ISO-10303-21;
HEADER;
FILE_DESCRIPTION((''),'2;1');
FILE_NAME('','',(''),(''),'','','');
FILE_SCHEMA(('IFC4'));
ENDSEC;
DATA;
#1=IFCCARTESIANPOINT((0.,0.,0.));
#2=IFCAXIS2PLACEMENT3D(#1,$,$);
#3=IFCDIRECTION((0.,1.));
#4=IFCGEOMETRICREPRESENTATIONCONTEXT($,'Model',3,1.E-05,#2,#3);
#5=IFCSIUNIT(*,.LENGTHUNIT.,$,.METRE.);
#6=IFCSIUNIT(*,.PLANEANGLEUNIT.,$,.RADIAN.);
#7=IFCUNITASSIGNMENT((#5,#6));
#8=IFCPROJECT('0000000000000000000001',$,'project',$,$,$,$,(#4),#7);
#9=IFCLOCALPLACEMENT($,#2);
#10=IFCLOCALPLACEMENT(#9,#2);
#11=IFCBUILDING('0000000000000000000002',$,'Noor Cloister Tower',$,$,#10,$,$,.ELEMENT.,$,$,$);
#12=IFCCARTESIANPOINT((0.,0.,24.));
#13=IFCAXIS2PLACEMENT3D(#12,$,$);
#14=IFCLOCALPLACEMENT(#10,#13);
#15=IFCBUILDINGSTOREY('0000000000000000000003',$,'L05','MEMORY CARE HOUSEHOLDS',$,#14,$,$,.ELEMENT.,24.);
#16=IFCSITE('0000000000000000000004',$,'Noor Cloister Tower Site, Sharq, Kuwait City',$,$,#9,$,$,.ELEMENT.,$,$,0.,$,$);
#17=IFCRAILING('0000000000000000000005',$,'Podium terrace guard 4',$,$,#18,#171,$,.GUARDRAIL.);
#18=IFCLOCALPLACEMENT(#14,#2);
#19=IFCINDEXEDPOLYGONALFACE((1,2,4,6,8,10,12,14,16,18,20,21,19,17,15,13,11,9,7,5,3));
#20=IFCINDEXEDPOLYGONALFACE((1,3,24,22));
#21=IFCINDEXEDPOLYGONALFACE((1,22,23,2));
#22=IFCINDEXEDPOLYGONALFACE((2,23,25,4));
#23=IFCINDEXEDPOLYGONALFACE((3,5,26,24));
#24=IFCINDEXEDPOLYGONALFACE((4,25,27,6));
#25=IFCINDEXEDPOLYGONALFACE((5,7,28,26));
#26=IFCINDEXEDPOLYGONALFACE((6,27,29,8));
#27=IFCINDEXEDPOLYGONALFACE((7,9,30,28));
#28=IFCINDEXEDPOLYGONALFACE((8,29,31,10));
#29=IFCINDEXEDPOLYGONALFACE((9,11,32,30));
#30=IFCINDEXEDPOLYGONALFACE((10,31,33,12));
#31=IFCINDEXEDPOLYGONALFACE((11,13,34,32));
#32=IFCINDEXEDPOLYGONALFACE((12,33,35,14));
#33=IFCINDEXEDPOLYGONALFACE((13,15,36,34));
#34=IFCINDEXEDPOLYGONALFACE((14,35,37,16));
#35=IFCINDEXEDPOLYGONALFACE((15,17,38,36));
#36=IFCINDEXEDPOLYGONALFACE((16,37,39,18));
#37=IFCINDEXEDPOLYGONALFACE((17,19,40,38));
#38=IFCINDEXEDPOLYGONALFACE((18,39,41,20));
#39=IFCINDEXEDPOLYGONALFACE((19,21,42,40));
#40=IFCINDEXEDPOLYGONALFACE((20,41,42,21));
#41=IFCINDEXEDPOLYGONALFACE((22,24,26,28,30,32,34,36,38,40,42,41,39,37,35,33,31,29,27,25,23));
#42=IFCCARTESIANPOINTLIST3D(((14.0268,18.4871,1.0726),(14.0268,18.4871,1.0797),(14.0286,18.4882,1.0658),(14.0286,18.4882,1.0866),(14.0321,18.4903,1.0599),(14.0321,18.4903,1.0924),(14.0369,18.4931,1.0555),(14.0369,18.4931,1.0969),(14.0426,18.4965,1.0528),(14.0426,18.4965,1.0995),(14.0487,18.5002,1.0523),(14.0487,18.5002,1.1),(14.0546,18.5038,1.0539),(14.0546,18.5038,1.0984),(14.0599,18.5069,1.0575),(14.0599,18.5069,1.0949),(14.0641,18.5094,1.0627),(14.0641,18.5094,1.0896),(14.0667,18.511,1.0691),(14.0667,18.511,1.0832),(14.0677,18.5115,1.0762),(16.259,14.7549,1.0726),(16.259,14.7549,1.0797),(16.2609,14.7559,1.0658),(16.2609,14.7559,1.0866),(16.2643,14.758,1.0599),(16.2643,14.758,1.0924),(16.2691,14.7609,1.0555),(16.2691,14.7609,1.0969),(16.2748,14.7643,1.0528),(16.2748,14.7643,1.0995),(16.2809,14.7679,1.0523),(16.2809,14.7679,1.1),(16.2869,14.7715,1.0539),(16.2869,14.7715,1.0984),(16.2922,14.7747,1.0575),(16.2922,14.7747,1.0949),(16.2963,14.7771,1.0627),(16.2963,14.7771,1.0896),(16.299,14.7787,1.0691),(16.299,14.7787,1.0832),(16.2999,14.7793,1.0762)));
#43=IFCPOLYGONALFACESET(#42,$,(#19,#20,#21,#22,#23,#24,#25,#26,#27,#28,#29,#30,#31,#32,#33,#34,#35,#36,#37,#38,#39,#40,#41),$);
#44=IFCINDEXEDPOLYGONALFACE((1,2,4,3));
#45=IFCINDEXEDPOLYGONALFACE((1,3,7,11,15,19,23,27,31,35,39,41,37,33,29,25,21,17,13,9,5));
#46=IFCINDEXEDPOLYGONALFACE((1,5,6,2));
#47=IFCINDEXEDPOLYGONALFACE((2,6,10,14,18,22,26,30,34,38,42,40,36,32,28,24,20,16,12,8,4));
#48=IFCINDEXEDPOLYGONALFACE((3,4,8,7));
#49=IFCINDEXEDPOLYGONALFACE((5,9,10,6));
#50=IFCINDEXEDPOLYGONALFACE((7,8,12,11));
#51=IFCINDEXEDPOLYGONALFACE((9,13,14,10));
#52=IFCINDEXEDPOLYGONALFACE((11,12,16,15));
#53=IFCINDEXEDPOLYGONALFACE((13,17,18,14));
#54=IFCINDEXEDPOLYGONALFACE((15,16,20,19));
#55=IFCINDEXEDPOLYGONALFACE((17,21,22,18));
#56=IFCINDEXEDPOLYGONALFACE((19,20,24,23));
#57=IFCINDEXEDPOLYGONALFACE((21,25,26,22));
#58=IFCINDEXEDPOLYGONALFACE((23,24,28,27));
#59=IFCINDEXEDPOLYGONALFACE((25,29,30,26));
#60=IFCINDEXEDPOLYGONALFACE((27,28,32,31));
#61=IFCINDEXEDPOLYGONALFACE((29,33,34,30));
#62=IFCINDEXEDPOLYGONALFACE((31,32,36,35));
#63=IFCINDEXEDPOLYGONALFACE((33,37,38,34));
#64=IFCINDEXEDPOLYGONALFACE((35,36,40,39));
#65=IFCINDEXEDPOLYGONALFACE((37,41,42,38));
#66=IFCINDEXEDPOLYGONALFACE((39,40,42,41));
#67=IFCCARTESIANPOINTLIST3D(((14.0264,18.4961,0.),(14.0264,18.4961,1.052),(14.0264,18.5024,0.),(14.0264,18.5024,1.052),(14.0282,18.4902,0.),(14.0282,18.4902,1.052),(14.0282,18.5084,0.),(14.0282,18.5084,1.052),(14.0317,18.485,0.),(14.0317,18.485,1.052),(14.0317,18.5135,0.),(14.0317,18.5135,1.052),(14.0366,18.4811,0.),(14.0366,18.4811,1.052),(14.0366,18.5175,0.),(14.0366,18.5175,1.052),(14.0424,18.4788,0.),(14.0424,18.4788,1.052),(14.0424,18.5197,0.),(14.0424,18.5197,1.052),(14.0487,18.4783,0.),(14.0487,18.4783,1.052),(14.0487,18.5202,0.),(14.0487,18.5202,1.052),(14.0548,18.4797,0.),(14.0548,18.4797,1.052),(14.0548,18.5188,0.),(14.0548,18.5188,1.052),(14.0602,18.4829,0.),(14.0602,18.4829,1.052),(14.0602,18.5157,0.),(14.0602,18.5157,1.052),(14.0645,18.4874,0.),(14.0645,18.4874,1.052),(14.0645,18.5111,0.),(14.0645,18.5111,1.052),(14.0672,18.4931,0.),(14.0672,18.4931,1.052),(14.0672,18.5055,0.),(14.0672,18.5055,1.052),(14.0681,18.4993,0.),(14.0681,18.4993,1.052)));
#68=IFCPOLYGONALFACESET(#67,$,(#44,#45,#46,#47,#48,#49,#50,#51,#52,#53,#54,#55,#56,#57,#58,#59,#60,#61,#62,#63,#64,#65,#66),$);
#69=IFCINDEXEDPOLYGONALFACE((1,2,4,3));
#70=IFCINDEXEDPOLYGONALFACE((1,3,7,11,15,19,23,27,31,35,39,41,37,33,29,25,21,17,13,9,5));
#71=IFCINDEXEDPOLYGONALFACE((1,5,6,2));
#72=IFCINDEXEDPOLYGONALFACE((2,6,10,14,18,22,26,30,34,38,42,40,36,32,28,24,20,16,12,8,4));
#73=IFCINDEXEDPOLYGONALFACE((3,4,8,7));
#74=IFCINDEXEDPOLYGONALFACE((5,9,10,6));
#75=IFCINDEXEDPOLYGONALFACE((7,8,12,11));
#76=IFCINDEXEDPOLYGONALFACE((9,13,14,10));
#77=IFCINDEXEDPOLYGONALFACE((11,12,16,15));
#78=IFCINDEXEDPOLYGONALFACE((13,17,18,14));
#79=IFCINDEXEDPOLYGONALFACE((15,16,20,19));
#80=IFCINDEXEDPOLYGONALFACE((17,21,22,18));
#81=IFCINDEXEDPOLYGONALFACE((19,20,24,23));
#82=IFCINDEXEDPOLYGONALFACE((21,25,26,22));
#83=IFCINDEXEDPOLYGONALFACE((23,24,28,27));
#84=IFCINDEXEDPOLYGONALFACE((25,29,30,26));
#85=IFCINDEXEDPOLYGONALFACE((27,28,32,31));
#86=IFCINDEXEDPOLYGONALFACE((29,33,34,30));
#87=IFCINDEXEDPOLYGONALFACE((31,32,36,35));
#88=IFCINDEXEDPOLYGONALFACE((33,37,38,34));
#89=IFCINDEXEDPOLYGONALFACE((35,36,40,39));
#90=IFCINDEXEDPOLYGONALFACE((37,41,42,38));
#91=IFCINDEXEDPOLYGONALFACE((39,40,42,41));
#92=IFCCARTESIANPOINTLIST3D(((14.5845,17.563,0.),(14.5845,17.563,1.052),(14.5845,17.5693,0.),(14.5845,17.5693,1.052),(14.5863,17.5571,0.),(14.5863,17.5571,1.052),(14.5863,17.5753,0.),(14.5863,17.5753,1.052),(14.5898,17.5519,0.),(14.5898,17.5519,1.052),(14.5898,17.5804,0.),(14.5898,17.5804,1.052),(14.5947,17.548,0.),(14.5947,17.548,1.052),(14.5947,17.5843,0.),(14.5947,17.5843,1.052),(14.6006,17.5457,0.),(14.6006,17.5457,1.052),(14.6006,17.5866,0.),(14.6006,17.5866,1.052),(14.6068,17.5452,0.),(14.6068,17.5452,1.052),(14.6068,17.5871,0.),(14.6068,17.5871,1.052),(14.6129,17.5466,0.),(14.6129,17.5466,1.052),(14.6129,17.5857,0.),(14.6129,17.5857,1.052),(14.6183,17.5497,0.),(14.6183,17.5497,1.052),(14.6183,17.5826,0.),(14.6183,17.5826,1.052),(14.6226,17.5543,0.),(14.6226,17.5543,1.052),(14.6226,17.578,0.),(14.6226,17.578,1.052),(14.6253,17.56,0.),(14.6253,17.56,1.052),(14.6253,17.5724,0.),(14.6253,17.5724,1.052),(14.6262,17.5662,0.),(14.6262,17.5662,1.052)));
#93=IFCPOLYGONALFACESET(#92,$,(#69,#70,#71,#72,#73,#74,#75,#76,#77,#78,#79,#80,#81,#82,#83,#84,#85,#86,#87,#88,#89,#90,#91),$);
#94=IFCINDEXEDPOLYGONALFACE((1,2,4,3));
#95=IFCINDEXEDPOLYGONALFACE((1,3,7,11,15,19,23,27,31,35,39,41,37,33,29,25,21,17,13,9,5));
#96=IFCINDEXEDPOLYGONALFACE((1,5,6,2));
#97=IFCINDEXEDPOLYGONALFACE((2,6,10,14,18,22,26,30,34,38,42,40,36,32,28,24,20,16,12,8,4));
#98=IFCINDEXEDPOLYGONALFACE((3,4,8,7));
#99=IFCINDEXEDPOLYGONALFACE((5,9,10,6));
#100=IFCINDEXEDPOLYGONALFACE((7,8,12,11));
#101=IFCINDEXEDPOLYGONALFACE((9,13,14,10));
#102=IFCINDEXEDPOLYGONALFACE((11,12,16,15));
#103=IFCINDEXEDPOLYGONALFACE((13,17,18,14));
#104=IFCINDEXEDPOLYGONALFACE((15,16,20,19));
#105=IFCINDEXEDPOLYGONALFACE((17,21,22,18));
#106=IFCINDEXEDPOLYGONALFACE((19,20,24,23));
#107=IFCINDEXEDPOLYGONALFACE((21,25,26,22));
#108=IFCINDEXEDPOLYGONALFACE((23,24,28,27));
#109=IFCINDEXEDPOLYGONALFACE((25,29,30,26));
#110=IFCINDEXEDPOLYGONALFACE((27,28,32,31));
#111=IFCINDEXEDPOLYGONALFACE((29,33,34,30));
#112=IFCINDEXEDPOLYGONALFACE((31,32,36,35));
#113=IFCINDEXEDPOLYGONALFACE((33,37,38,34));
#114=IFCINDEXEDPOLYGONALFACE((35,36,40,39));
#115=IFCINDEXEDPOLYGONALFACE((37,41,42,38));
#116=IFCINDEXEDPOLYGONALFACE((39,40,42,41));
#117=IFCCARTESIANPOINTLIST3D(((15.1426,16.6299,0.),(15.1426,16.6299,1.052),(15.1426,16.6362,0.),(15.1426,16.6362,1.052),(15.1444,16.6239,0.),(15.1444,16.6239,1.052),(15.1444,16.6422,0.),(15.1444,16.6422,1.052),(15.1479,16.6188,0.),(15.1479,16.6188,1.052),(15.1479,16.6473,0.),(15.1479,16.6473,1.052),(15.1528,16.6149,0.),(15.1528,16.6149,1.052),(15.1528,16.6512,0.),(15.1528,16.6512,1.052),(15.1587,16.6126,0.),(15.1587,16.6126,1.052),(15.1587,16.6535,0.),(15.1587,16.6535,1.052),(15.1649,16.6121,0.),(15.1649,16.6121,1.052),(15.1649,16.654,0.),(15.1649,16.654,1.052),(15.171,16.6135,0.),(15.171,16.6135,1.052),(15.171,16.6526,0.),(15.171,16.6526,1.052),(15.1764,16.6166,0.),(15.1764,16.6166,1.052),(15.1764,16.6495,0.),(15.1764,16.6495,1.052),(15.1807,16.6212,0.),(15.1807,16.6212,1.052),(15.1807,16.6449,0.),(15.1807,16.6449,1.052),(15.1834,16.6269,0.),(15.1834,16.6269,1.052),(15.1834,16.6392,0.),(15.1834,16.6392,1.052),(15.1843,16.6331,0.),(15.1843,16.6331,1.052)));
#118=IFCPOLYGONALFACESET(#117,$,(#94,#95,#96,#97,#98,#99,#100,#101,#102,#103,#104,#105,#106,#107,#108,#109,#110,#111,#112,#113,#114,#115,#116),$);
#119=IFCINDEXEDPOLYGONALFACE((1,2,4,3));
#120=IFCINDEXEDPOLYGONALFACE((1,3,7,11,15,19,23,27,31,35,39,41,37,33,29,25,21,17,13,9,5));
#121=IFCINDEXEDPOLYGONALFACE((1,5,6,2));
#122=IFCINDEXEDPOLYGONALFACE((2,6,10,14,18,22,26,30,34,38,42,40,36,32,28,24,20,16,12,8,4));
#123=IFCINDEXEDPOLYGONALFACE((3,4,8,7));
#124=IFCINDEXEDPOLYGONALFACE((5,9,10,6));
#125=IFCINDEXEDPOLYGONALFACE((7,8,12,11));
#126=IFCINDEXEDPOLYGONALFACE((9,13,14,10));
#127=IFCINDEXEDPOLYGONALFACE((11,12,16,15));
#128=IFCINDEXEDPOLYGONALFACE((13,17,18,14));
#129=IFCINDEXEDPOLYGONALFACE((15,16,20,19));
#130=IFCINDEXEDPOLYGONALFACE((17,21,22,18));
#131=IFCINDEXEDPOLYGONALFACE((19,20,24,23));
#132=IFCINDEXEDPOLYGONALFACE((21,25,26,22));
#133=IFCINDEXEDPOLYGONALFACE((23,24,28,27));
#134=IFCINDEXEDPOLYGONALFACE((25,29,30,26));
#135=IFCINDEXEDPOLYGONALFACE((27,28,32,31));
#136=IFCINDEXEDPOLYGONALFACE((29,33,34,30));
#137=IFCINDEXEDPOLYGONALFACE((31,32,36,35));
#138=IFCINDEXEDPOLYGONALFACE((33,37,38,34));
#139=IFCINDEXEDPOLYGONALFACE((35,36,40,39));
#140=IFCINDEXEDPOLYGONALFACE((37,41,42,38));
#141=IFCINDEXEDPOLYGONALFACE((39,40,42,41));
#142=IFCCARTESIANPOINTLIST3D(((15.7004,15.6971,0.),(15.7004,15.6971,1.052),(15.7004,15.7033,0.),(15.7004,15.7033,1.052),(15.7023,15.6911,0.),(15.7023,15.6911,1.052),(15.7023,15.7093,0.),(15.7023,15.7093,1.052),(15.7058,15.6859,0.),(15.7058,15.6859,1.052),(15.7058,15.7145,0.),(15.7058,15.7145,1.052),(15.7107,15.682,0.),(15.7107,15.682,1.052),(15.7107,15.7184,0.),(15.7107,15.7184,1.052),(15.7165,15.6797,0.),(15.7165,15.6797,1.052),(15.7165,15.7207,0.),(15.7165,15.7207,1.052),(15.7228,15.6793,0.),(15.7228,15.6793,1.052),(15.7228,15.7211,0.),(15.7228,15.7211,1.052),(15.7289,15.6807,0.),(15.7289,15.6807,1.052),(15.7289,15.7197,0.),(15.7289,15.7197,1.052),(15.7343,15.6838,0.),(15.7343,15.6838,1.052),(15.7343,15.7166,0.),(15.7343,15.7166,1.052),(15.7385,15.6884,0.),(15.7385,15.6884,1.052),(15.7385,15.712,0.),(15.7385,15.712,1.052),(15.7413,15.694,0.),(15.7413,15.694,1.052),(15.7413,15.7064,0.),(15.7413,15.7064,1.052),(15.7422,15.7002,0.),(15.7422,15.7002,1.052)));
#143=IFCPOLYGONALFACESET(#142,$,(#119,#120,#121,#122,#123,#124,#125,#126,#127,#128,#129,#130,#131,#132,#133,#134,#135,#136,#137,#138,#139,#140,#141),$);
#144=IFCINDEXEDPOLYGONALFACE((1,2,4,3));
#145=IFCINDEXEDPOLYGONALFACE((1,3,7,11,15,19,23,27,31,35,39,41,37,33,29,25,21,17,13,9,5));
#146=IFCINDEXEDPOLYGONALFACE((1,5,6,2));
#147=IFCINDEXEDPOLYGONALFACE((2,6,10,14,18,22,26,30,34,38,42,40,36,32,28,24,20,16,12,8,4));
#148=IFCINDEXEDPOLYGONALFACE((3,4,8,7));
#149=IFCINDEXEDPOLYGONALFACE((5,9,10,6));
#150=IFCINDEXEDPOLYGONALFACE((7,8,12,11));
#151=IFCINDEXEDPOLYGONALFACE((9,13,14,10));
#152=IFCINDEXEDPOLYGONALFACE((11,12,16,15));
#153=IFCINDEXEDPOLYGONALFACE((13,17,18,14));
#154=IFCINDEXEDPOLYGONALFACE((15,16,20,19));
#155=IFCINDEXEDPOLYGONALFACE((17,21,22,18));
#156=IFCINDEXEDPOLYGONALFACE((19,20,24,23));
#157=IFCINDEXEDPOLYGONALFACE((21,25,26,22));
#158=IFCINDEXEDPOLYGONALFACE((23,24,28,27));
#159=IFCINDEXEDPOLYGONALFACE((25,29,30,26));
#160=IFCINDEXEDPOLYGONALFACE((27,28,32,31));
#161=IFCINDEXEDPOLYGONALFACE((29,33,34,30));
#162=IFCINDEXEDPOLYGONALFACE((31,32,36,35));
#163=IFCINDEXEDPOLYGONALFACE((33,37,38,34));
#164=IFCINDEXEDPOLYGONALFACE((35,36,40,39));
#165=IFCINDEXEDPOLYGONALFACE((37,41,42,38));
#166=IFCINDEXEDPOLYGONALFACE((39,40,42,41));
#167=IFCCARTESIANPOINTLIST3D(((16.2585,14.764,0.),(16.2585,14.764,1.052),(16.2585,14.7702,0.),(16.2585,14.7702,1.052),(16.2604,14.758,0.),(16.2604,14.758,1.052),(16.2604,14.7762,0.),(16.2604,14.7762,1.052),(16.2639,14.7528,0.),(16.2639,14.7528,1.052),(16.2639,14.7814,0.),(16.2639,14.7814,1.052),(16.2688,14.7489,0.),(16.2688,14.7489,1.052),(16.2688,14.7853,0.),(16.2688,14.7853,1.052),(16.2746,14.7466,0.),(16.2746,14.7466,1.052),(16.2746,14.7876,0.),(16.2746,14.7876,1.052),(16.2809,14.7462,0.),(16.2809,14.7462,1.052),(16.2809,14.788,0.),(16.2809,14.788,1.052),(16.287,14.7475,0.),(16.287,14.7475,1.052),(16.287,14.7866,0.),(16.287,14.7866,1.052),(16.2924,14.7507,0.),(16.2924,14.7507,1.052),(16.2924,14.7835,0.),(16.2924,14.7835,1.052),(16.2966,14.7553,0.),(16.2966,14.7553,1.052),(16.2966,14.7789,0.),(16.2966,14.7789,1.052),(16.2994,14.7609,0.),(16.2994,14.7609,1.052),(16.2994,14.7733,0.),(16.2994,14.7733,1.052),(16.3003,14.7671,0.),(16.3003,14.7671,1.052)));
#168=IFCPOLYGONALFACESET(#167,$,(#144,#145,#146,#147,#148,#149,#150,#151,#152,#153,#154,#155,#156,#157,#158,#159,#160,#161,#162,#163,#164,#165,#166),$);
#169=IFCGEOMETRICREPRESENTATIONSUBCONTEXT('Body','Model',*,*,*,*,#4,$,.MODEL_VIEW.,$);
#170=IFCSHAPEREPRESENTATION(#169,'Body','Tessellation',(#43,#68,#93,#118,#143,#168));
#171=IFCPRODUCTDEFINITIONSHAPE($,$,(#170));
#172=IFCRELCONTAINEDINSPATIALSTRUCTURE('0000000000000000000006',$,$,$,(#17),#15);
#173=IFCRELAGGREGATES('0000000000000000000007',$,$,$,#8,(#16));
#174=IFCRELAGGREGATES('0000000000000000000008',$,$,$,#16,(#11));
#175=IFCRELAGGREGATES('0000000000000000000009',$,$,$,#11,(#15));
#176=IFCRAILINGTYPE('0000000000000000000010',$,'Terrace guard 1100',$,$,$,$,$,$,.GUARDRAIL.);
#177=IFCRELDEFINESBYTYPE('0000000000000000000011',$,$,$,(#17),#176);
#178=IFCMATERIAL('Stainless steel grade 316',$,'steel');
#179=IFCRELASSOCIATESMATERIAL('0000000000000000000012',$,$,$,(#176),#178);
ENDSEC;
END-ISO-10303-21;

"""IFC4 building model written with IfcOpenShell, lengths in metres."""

from ifc_helpers import new_model, si_unit, direction, frame, origin, origin_2d, place, context, subcontext, project, spatial, circle, extrude, material, type_object, element, save


model = new_model("IFC4")

# Units and contexts
model_context = context("Model", 3, precision=1e-05, world=origin(), true_north=direction((0.0, 1.0)))
body_context = subcontext(model_context, "Body", "Model", "MODEL_VIEW")
ifc_project = project(units=[si_unit("LENGTHUNIT", "METRE"), si_unit("PLANEANGLEUNIT", "RADIAN")], contexts=[model_context])

# Site, building, storey
site_placement = place(None, origin())
site = spatial("IfcSite", under=ifc_project, at=site_placement, Name="Noor Cloister Tower Site, Sharq, Kuwait City", CompositionType="ELEMENT", RefElevation=0.0)
building_placement = place(site_placement, origin())
building = spatial("IfcBuilding", under=site, at=building_placement, Name="Noor Cloister Tower", CompositionType="ELEMENT")
storey_placement = place(building_placement, frame((0.0, 0.0, 24.0)))
storey = spatial("IfcBuildingStorey", under=building, at=storey_placement, Name="L05", Description="MEMORY CARE HOUSEHOLDS", CompositionType="ELEMENT", Elevation=24.0)

# Railing
ifc_material_1 = material(Name="Stainless steel grade 316", Category="steel")
railing_type_1 = type_object("IfcRailingType", Name="Terrace guard 1100", PredefinedType="GUARDRAIL", material=ifc_material_1)
railing_1_placement = place(storey_placement, frame((14.0471, 18.4993, 0.0)))
element("IfcRailing", 1, at=railing_1_placement, inside=storey, type_object=railing_type_1, Name="Podium terrace guard 4", PredefinedType="GUARDRAIL", context=body_context, shape_type="SweptSolid", body=[
    extrude(circle(Radius=0.0239, at=origin_2d()), frame((0.0, 0.0, 1.0762), z_axis=(0.51329, -0.858215, 0.0), x_axis=(0.858215, 0.51329, 0.0)), (0.0, 0.0, 1.0), 4.3489),
    extrude(circle(Radius=0.021, at=origin_2d()), origin(), (0.0, 0.0, 1.0), 1.052),
    extrude(circle(Radius=0.021, at=origin_2d()), frame((0.5581, -0.9331, 0.0)), (0.0, 0.0, 1.0), 1.052),
    extrude(circle(Radius=0.021, at=origin_2d()), frame((1.1162, -1.8662, 0.0)), (0.0, 0.0, 1.0), 1.052),
    extrude(circle(Radius=0.021, at=origin_2d()), frame((1.6741, -2.7991, 0.0)), (0.0, 0.0, 1.0), 1.052),
    extrude(circle(Radius=0.021, at=origin_2d()), frame((2.2322, -3.7322, 0.0)), (0.0, 0.0, 1.0), 1.052),
])

save(model, "model.ifc")
